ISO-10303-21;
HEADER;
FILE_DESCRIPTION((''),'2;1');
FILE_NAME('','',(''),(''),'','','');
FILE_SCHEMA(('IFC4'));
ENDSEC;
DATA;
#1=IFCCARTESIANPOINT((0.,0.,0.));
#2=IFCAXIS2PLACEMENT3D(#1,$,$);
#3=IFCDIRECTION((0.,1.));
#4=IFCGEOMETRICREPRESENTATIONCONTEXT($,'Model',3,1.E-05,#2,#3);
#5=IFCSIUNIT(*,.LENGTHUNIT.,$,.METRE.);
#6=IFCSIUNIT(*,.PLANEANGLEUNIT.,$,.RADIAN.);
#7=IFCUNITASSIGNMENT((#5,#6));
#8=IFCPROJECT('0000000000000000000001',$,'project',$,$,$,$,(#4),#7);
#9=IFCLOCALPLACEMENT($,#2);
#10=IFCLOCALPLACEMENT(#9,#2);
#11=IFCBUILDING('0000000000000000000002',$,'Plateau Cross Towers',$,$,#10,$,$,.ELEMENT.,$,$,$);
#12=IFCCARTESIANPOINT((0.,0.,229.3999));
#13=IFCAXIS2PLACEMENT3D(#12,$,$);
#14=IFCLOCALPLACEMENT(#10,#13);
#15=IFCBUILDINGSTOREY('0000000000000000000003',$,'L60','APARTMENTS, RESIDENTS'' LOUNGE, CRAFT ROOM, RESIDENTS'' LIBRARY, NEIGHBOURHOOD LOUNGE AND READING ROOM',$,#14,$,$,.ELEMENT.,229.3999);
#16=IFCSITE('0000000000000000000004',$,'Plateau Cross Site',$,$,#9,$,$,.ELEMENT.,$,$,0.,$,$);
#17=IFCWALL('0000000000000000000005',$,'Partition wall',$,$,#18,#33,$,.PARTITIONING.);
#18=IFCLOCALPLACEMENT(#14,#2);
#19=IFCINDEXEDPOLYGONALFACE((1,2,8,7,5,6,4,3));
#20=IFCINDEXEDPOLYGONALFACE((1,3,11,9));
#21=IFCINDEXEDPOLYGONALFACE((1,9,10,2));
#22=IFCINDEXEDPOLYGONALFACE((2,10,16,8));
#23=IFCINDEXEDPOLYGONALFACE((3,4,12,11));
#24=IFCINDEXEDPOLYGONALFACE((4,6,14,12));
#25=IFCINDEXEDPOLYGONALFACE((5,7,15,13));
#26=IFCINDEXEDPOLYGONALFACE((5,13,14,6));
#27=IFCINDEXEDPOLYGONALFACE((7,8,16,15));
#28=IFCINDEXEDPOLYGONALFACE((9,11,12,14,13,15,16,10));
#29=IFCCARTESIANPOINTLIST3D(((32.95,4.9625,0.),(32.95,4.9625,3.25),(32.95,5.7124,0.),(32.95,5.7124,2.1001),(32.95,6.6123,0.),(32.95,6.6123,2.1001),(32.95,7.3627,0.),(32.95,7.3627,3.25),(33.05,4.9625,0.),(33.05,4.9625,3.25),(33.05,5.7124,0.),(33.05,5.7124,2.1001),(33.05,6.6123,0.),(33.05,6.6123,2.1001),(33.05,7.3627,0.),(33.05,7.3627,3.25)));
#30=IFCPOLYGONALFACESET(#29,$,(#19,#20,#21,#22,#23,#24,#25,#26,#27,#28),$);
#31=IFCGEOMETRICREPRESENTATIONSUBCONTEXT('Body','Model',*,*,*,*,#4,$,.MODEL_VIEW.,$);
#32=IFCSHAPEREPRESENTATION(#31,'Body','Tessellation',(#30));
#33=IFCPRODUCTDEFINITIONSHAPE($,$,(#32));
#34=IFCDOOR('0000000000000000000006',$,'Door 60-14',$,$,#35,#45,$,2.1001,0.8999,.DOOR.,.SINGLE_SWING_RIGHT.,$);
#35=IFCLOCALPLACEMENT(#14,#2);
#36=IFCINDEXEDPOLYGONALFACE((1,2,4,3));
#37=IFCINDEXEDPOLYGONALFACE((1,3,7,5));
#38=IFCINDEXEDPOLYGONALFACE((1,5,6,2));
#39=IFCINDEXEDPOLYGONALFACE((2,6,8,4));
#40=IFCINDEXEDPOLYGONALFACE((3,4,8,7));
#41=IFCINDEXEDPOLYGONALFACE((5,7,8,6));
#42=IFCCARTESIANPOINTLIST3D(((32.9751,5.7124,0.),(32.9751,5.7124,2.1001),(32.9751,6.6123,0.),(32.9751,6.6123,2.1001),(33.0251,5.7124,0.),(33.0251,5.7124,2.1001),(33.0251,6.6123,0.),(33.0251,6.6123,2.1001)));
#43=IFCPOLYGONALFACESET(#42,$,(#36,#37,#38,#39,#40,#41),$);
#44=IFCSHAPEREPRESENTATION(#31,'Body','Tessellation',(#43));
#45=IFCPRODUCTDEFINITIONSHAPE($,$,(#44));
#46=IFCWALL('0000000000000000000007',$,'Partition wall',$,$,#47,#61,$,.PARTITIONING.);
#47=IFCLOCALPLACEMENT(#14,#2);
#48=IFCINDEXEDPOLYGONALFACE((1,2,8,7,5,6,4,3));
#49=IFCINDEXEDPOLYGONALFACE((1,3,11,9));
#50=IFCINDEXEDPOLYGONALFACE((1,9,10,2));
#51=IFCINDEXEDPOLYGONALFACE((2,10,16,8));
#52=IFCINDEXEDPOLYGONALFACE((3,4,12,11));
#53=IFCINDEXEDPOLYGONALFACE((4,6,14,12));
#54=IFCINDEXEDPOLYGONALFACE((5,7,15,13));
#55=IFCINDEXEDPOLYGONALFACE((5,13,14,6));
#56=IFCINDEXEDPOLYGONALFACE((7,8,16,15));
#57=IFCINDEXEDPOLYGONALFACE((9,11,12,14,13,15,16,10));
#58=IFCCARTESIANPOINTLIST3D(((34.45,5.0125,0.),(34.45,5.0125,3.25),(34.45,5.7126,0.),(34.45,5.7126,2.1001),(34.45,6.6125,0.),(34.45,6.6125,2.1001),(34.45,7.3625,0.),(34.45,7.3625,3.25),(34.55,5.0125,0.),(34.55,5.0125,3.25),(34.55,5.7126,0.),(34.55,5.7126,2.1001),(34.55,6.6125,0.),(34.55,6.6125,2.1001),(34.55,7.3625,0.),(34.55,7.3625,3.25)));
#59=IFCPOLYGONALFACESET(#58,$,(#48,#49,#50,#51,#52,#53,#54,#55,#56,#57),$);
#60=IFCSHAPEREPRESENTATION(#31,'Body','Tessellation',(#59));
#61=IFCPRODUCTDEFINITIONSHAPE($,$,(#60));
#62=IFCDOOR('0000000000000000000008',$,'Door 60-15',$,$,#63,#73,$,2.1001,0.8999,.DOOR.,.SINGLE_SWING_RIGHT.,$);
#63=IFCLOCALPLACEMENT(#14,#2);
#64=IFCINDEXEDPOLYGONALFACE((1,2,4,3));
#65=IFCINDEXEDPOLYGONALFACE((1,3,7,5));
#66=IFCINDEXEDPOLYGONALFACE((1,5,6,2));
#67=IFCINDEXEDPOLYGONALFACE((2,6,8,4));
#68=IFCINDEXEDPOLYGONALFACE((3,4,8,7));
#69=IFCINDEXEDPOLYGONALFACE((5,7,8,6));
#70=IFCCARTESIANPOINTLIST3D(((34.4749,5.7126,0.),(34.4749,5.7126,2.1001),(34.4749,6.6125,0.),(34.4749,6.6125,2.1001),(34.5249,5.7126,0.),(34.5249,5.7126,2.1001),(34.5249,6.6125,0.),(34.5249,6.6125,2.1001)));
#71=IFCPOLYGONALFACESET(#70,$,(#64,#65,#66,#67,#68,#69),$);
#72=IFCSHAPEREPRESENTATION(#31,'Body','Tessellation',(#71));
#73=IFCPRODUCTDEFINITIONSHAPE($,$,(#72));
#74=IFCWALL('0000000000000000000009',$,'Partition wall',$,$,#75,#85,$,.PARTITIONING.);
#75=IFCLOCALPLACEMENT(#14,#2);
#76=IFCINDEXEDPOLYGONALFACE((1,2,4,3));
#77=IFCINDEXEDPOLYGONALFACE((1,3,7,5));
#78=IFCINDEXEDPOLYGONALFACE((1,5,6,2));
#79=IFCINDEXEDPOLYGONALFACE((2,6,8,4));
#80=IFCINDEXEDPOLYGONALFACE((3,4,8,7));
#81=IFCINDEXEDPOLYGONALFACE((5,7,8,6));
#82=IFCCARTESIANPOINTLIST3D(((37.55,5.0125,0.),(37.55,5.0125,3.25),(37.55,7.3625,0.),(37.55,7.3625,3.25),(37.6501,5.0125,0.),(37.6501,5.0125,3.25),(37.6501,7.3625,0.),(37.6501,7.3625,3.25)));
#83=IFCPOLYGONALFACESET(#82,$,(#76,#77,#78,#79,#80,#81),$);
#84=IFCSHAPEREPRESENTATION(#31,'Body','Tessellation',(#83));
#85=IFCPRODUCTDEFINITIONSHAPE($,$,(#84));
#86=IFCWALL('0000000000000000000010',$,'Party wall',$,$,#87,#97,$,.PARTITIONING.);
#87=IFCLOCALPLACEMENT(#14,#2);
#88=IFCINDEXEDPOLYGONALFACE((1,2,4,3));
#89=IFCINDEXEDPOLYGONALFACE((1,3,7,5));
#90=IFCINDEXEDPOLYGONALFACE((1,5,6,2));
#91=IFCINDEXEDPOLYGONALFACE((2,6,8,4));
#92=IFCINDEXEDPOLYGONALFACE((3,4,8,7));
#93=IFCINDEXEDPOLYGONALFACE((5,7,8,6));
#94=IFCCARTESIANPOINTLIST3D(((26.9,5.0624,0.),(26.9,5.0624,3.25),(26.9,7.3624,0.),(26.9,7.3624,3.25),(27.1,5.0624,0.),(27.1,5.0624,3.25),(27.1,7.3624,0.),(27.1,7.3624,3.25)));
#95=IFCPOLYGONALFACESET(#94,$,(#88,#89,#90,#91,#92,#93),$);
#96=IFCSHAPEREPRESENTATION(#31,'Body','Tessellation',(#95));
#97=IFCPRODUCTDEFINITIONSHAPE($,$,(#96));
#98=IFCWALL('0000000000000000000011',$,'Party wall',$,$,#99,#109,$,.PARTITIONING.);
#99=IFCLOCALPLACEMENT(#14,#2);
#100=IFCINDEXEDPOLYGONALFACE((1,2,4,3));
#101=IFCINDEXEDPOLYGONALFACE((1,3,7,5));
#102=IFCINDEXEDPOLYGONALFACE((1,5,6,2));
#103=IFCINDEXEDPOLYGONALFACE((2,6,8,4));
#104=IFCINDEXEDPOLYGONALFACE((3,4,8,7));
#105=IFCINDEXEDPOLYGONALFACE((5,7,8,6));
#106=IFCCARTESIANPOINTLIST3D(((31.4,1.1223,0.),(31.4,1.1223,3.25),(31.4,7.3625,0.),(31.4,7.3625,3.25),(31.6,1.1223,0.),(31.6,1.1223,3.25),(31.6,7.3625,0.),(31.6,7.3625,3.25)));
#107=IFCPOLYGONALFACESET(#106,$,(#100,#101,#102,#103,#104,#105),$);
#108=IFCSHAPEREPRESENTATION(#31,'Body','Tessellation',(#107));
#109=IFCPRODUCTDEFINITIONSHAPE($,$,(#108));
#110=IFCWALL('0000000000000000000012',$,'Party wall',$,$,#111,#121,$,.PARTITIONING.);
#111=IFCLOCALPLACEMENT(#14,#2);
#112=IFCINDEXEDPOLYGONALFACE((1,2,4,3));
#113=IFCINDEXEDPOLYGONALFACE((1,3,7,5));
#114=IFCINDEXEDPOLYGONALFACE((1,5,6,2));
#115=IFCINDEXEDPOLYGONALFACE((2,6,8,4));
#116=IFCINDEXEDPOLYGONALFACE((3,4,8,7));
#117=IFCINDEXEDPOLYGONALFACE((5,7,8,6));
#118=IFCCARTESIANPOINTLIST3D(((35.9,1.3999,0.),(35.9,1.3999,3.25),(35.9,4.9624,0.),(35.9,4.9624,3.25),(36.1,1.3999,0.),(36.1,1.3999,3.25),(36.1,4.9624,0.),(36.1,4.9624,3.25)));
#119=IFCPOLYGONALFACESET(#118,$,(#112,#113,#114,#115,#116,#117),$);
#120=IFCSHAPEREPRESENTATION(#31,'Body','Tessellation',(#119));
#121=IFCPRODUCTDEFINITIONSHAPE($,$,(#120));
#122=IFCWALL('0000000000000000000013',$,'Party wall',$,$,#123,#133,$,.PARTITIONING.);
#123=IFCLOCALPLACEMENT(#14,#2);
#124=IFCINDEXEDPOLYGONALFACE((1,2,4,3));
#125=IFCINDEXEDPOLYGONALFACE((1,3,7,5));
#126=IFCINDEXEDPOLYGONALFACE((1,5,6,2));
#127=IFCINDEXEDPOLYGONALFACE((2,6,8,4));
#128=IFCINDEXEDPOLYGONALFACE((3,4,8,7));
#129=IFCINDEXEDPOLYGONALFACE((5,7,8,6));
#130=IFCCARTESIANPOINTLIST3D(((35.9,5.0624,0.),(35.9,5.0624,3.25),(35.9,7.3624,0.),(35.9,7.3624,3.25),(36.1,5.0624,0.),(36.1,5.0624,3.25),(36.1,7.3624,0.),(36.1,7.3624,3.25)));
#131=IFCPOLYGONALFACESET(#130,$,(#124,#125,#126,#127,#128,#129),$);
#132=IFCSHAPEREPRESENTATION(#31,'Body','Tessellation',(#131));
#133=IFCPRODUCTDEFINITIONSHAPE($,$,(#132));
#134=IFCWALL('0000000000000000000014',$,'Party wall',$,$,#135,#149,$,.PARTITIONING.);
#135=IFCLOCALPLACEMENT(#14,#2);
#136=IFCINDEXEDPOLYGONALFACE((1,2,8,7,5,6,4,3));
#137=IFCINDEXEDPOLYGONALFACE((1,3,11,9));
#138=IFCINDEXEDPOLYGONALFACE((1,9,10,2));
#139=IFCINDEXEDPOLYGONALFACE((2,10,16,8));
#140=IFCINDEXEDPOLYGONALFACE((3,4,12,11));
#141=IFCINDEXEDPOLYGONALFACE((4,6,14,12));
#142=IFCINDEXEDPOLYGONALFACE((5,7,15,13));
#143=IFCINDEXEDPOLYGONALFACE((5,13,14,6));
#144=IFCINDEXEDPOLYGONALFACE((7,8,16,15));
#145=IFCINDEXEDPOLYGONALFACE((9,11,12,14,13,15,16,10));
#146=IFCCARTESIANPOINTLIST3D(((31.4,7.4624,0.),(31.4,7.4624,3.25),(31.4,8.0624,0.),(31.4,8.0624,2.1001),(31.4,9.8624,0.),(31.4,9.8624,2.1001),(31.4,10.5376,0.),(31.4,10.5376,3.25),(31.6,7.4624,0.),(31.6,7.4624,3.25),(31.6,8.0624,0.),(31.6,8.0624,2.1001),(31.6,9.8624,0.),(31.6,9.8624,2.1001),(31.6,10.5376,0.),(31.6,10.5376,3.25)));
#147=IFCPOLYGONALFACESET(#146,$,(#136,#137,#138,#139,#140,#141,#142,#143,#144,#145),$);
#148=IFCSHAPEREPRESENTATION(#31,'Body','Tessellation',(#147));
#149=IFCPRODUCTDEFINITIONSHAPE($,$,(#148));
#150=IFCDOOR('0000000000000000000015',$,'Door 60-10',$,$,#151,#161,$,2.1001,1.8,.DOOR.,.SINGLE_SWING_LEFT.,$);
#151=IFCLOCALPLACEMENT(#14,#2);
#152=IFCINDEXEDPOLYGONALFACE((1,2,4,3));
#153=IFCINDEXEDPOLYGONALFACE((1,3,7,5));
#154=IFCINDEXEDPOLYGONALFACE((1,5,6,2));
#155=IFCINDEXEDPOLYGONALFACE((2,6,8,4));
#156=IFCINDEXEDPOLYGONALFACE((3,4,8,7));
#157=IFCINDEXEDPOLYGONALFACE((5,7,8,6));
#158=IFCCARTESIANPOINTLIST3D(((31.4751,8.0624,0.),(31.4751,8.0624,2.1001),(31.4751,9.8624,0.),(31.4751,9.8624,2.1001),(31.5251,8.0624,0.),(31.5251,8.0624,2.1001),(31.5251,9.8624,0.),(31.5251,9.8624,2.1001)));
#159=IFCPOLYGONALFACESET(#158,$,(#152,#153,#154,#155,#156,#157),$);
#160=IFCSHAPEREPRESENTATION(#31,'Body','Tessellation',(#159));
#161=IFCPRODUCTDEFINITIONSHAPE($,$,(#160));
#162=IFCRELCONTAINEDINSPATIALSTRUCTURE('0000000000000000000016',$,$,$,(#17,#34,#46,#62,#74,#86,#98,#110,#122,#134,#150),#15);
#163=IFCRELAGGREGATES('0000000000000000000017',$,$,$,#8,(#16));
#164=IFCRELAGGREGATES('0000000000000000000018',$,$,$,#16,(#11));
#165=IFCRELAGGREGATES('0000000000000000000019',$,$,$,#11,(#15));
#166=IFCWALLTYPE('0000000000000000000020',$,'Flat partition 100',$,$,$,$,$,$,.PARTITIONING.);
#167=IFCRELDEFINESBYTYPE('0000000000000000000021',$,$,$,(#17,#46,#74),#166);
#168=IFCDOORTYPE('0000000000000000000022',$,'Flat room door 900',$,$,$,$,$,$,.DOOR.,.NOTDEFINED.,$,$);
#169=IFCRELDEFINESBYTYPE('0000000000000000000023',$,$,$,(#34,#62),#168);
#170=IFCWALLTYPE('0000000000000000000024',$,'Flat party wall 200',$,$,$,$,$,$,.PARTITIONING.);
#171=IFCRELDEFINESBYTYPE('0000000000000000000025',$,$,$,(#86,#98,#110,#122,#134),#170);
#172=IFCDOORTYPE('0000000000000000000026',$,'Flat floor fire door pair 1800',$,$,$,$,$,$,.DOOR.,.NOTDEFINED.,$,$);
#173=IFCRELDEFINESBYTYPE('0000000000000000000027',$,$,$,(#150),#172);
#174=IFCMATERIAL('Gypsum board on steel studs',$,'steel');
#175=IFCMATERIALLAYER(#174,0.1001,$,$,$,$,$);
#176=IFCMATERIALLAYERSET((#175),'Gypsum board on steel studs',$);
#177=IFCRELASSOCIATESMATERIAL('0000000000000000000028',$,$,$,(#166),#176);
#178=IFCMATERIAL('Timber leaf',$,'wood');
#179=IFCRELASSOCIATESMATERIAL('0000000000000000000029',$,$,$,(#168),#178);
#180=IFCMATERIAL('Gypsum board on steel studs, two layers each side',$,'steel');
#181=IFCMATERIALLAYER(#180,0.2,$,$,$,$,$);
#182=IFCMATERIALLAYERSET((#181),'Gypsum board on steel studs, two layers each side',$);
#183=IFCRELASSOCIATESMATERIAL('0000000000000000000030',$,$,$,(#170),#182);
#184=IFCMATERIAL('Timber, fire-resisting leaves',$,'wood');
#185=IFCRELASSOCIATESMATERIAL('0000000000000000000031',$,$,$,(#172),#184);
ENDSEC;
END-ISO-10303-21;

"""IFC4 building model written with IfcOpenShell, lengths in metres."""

from ifc_helpers import new_model, si_unit, direction, frame, frame_2d, origin, place, context, subcontext, project, spatial, rectangle, extrude, material, layer, layer_set, type_object, element, fill, save


model = new_model("IFC4")

# Units and contexts
model_context = context("Model", 3, precision=1e-05, world=origin(), true_north=direction((0.0, 1.0)))
body_context = subcontext(model_context, "Body", "Model", "MODEL_VIEW")
ifc_project = project(units=[si_unit("LENGTHUNIT", "METRE"), si_unit("PLANEANGLEUNIT", "RADIAN")], contexts=[model_context])

# Site, building, storey
site_placement = place(None, origin())
site = spatial("IfcSite", under=ifc_project, at=site_placement, Name="Plateau Cross Site", CompositionType="ELEMENT", RefElevation=0.0)
building_placement = place(site_placement, origin())
building = spatial("IfcBuilding", under=site, at=building_placement, Name="Plateau Cross Towers", CompositionType="ELEMENT")
storey_placement = place(building_placement, frame((0.0, 0.0, 229.3999)))
storey = spatial("IfcBuildingStorey", under=building, at=storey_placement, Name="L60", Description="APARTMENTS, RESIDENTS' LOUNGE, CRAFT ROOM, RESIDENTS' LIBRARY, NEIGHBOURHOOD LOUNGE AND READING ROOM", CompositionType="ELEMENT", Elevation=229.3999)

# Shared definitions
ifc_material_1 = material(Name="Gypsum board on steel studs", Category="steel")
ifc_layer_1 = layer(ifc_material_1, 0.1001)
ifc_layer_set_1 = layer_set([ifc_layer_1], Name="Gypsum board on steel studs")
wall_type_1 = type_object("IfcWallType", Name="Flat partition 100", PredefinedType="PARTITIONING", material=ifc_layer_set_1)

# Walls, openings, doors
ifc_material_2 = material(Name="Timber leaf", Category="wood")
door_type_1 = type_object("IfcDoorType", Name="Flat room door 900", OperationType="NOTDEFINED", PredefinedType="DOOR", material=ifc_material_2)
wall_1_placement = place(storey_placement, frame((33.0, 4.9624, 0.0), z_axis=(0.0, 0.0, 1.0), x_axis=(0.0, 1.0, 0.0)))
wall_1 = element("IfcWall", 1, at=wall_1_placement, inside=storey, type_object=wall_type_1, Name="Partition wall", PredefinedType="PARTITIONING", context=body_context, shape_type="SweptSolid", body=[
    extrude(rectangle(XDim=2.4001, YDim=0.1001, at=frame_2d((1.2002, 0.0))), origin(), (0.0, 0.0, 1.0), 3.25),
])
opening_1_placement = place(wall_1_placement, frame((0.75, 0.0, 0.0)))
opening_1 = element("IfcOpeningElement", 2, at=opening_1_placement, cuts=wall_1, PredefinedType="OPENING", context=body_context, shape_type="SweptSolid", body=[
    extrude(rectangle(XDim=0.8999, YDim=2.1001, at=frame_2d((0.45, 1.05))), frame((0.0, 0.0601, 0.0), z_axis=(0.0, -1.0, 0.0), x_axis=(1.0, 0.0, 0.0)), (0.0, 0.0, 1.0), 0.1201),
])
door_1_placement = place(opening_1_placement, origin())
door_1 = element("IfcDoor", 3, at=door_1_placement, inside=storey, type_object=door_type_1, Name="Door 60-14", OperationType="SINGLE_SWING_RIGHT", OverallHeight=2.1001, OverallWidth=0.8999, PredefinedType="DOOR", context=body_context, shape_type="SweptSolid", body=[
    extrude(rectangle(XDim=0.8999, YDim=2.1001, at=frame_2d((0.45, 1.05))), frame((0.0, 0.0249, 0.0), z_axis=(0.0, -1.0, 0.0), x_axis=(1.0, 0.0, 0.0)), (0.0, 0.0, 1.0), 0.05),
])
fill(opening_1, door_1)
wall_2_placement = place(storey_placement, frame((34.5, 7.3625, 0.0), z_axis=(0.0, 0.0, 1.0), x_axis=(0.0, -1.0, 0.0)))
wall_2 = element("IfcWall", 4, at=wall_2_placement, inside=storey, type_object=wall_type_1, Name="Partition wall", PredefinedType="PARTITIONING", context=body_context, shape_type="SweptSolid", body=[
    extrude(rectangle(XDim=2.3501, YDim=0.1001, at=frame_2d((1.175, 0.0))), origin(), (0.0, 0.0, 1.0), 3.25),
])
opening_2_placement = place(wall_2_placement, frame((0.75, 0.0, 0.0)))
opening_2 = element("IfcOpeningElement", 5, at=opening_2_placement, cuts=wall_2, PredefinedType="OPENING", context=body_context, shape_type="SweptSolid", body=[
    extrude(rectangle(XDim=0.8999, YDim=2.1001, at=frame_2d((0.45, 1.05))), frame((0.0, 0.0601, 0.0), z_axis=(0.0, -1.0, 0.0), x_axis=(1.0, 0.0, 0.0)), (0.0, 0.0, 1.0), 0.1201),
])
door_2_placement = place(opening_2_placement, origin())
door_2 = element("IfcDoor", 6, at=door_2_placement, inside=storey, type_object=door_type_1, Name="Door 60-15", OperationType="SINGLE_SWING_RIGHT", OverallHeight=2.1001, OverallWidth=0.8999, PredefinedType="DOOR", context=body_context, shape_type="SweptSolid", body=[
    extrude(rectangle(XDim=0.8999, YDim=2.1001, at=frame_2d((0.45, 1.05))), frame((0.0, 0.0249, 0.0), z_axis=(0.0, -1.0, 0.0), x_axis=(1.0, 0.0, 0.0)), (0.0, 0.0, 1.0), 0.05),
])
fill(opening_2, door_2)

# Walls
wall_3_placement = place(storey_placement, frame((37.6001, 5.0125, 0.0), z_axis=(0.0, 0.0, 1.0), x_axis=(0.0, 1.0, 0.0)))
element("IfcWall", 7, at=wall_3_placement, inside=storey, type_object=wall_type_1, Name="Partition wall", PredefinedType="PARTITIONING", context=body_context, shape_type="SweptSolid", body=[
    extrude(rectangle(XDim=2.3501, YDim=0.1001, at=frame_2d((1.175, 0.0))), origin(), (0.0, 0.0, 1.0), 3.25),
])
ifc_material_3 = material(Name="Gypsum board on steel studs, two layers each side", Category="steel")
ifc_layer_2 = layer(ifc_material_3, 0.2)
ifc_layer_set_2 = layer_set([ifc_layer_2], Name="Gypsum board on steel studs, two layers each side")
wall_type_2 = type_object("IfcWallType", Name="Flat party wall 200", PredefinedType="PARTITIONING", material=ifc_layer_set_2)
wall_4_placement = place(storey_placement, frame((27.0, 5.0625, 0.0), z_axis=(0.0, 0.0, 1.0), x_axis=(0.0, 1.0, 0.0)))
element("IfcWall", 8, at=wall_4_placement, inside=storey, type_object=wall_type_2, Name="Party wall", PredefinedType="PARTITIONING", context=body_context, shape_type="SweptSolid", body=[
    extrude(rectangle(XDim=2.3, YDim=0.2, at=frame_2d((1.1499, 0.0))), origin(), (0.0, 0.0, 1.0), 3.25),
])
wall_5_placement = place(storey_placement, frame((31.5, 1.1223, 0.0), z_axis=(0.0, 0.0, 1.0), x_axis=(0.0, 1.0, 0.0)))
element("IfcWall", 9, at=wall_5_placement, inside=storey, type_object=wall_type_2, Name="Party wall", PredefinedType="PARTITIONING", context=body_context, shape_type="SweptSolid", body=[
    extrude(rectangle(XDim=6.2402, YDim=0.2, at=frame_2d((3.1201, 0.0))), origin(), (0.0, 0.0, 1.0), 3.25),
])
wall_6_placement = place(storey_placement, frame((36.0, 4.9624, 0.0), z_axis=(0.0, 0.0, 1.0), x_axis=(0.0, -1.0, 0.0)))
element("IfcWall", 10, at=wall_6_placement, inside=storey, type_object=wall_type_2, Name="Party wall", PredefinedType="PARTITIONING", context=body_context, shape_type="SweptSolid", body=[
    extrude(rectangle(XDim=3.5625, YDim=0.2, at=frame_2d((1.7812, 0.0))), origin(), (0.0, 0.0, 1.0), 3.25),
])
wall_7_placement = place(storey_placement, frame((36.0, 5.0625, 0.0), z_axis=(0.0, 0.0, 1.0), x_axis=(0.0, 1.0, 0.0)))
element("IfcWall", 11, at=wall_7_placement, inside=storey, type_object=wall_type_2, Name="Party wall", PredefinedType="PARTITIONING", context=body_context, shape_type="SweptSolid", body=[
    extrude(rectangle(XDim=2.3, YDim=0.2, at=frame_2d((1.1499, 0.0))), origin(), (0.0, 0.0, 1.0), 3.25),
])

# Wall, opening, door
wall_8_placement = place(storey_placement, frame((31.5, 7.4624, 0.0), z_axis=(0.0, 0.0, 1.0), x_axis=(0.0, 1.0, 0.0)))
wall_8 = element("IfcWall", 12, at=wall_8_placement, inside=storey, type_object=wall_type_2, Name="Party wall", PredefinedType="PARTITIONING", context=body_context, shape_type="SweptSolid", body=[
    extrude(rectangle(XDim=3.0752, YDim=0.2, at=frame_2d((1.5376, 0.0))), origin(), (0.0, 0.0, 1.0), 3.25),
])
opening_3_placement = place(wall_8_placement, frame((0.6001, 0.0, 0.0)))
opening_3 = element("IfcOpeningElement", 13, at=opening_3_placement, cuts=wall_8, PredefinedType="OPENING", context=body_context, shape_type="SweptSolid", body=[
    extrude(rectangle(XDim=1.8, YDim=2.1001, at=frame_2d((0.8999, 1.05))), frame((0.0, 0.1099, 0.0), z_axis=(0.0, -1.0, 0.0), x_axis=(1.0, 0.0, 0.0)), (0.0, 0.0, 1.0), 0.22),
])
ifc_material_4 = material(Name="Timber, fire-resisting leaves", Category="wood")
door_type_2 = type_object("IfcDoorType", Name="Flat floor fire door pair 1800", OperationType="NOTDEFINED", PredefinedType="DOOR", material=ifc_material_4)
door_3_placement = place(opening_3_placement, origin())
door_3 = element("IfcDoor", 14, at=door_3_placement, inside=storey, type_object=door_type_2, Name="Door 60-10", OperationType="SINGLE_SWING_LEFT", OverallHeight=2.1001, OverallWidth=1.8, PredefinedType="DOOR", context=body_context, shape_type="SweptSolid", body=[
    extrude(rectangle(XDim=1.8, YDim=2.1001, at=frame_2d((0.8999, 1.05))), frame((0.0, 0.0249, 0.0), z_axis=(0.0, -1.0, 0.0), x_axis=(1.0, 0.0, 0.0)), (0.0, 0.0, 1.0), 0.05),
])
fill(opening_3, door_3)

save(model, "model.ifc")
